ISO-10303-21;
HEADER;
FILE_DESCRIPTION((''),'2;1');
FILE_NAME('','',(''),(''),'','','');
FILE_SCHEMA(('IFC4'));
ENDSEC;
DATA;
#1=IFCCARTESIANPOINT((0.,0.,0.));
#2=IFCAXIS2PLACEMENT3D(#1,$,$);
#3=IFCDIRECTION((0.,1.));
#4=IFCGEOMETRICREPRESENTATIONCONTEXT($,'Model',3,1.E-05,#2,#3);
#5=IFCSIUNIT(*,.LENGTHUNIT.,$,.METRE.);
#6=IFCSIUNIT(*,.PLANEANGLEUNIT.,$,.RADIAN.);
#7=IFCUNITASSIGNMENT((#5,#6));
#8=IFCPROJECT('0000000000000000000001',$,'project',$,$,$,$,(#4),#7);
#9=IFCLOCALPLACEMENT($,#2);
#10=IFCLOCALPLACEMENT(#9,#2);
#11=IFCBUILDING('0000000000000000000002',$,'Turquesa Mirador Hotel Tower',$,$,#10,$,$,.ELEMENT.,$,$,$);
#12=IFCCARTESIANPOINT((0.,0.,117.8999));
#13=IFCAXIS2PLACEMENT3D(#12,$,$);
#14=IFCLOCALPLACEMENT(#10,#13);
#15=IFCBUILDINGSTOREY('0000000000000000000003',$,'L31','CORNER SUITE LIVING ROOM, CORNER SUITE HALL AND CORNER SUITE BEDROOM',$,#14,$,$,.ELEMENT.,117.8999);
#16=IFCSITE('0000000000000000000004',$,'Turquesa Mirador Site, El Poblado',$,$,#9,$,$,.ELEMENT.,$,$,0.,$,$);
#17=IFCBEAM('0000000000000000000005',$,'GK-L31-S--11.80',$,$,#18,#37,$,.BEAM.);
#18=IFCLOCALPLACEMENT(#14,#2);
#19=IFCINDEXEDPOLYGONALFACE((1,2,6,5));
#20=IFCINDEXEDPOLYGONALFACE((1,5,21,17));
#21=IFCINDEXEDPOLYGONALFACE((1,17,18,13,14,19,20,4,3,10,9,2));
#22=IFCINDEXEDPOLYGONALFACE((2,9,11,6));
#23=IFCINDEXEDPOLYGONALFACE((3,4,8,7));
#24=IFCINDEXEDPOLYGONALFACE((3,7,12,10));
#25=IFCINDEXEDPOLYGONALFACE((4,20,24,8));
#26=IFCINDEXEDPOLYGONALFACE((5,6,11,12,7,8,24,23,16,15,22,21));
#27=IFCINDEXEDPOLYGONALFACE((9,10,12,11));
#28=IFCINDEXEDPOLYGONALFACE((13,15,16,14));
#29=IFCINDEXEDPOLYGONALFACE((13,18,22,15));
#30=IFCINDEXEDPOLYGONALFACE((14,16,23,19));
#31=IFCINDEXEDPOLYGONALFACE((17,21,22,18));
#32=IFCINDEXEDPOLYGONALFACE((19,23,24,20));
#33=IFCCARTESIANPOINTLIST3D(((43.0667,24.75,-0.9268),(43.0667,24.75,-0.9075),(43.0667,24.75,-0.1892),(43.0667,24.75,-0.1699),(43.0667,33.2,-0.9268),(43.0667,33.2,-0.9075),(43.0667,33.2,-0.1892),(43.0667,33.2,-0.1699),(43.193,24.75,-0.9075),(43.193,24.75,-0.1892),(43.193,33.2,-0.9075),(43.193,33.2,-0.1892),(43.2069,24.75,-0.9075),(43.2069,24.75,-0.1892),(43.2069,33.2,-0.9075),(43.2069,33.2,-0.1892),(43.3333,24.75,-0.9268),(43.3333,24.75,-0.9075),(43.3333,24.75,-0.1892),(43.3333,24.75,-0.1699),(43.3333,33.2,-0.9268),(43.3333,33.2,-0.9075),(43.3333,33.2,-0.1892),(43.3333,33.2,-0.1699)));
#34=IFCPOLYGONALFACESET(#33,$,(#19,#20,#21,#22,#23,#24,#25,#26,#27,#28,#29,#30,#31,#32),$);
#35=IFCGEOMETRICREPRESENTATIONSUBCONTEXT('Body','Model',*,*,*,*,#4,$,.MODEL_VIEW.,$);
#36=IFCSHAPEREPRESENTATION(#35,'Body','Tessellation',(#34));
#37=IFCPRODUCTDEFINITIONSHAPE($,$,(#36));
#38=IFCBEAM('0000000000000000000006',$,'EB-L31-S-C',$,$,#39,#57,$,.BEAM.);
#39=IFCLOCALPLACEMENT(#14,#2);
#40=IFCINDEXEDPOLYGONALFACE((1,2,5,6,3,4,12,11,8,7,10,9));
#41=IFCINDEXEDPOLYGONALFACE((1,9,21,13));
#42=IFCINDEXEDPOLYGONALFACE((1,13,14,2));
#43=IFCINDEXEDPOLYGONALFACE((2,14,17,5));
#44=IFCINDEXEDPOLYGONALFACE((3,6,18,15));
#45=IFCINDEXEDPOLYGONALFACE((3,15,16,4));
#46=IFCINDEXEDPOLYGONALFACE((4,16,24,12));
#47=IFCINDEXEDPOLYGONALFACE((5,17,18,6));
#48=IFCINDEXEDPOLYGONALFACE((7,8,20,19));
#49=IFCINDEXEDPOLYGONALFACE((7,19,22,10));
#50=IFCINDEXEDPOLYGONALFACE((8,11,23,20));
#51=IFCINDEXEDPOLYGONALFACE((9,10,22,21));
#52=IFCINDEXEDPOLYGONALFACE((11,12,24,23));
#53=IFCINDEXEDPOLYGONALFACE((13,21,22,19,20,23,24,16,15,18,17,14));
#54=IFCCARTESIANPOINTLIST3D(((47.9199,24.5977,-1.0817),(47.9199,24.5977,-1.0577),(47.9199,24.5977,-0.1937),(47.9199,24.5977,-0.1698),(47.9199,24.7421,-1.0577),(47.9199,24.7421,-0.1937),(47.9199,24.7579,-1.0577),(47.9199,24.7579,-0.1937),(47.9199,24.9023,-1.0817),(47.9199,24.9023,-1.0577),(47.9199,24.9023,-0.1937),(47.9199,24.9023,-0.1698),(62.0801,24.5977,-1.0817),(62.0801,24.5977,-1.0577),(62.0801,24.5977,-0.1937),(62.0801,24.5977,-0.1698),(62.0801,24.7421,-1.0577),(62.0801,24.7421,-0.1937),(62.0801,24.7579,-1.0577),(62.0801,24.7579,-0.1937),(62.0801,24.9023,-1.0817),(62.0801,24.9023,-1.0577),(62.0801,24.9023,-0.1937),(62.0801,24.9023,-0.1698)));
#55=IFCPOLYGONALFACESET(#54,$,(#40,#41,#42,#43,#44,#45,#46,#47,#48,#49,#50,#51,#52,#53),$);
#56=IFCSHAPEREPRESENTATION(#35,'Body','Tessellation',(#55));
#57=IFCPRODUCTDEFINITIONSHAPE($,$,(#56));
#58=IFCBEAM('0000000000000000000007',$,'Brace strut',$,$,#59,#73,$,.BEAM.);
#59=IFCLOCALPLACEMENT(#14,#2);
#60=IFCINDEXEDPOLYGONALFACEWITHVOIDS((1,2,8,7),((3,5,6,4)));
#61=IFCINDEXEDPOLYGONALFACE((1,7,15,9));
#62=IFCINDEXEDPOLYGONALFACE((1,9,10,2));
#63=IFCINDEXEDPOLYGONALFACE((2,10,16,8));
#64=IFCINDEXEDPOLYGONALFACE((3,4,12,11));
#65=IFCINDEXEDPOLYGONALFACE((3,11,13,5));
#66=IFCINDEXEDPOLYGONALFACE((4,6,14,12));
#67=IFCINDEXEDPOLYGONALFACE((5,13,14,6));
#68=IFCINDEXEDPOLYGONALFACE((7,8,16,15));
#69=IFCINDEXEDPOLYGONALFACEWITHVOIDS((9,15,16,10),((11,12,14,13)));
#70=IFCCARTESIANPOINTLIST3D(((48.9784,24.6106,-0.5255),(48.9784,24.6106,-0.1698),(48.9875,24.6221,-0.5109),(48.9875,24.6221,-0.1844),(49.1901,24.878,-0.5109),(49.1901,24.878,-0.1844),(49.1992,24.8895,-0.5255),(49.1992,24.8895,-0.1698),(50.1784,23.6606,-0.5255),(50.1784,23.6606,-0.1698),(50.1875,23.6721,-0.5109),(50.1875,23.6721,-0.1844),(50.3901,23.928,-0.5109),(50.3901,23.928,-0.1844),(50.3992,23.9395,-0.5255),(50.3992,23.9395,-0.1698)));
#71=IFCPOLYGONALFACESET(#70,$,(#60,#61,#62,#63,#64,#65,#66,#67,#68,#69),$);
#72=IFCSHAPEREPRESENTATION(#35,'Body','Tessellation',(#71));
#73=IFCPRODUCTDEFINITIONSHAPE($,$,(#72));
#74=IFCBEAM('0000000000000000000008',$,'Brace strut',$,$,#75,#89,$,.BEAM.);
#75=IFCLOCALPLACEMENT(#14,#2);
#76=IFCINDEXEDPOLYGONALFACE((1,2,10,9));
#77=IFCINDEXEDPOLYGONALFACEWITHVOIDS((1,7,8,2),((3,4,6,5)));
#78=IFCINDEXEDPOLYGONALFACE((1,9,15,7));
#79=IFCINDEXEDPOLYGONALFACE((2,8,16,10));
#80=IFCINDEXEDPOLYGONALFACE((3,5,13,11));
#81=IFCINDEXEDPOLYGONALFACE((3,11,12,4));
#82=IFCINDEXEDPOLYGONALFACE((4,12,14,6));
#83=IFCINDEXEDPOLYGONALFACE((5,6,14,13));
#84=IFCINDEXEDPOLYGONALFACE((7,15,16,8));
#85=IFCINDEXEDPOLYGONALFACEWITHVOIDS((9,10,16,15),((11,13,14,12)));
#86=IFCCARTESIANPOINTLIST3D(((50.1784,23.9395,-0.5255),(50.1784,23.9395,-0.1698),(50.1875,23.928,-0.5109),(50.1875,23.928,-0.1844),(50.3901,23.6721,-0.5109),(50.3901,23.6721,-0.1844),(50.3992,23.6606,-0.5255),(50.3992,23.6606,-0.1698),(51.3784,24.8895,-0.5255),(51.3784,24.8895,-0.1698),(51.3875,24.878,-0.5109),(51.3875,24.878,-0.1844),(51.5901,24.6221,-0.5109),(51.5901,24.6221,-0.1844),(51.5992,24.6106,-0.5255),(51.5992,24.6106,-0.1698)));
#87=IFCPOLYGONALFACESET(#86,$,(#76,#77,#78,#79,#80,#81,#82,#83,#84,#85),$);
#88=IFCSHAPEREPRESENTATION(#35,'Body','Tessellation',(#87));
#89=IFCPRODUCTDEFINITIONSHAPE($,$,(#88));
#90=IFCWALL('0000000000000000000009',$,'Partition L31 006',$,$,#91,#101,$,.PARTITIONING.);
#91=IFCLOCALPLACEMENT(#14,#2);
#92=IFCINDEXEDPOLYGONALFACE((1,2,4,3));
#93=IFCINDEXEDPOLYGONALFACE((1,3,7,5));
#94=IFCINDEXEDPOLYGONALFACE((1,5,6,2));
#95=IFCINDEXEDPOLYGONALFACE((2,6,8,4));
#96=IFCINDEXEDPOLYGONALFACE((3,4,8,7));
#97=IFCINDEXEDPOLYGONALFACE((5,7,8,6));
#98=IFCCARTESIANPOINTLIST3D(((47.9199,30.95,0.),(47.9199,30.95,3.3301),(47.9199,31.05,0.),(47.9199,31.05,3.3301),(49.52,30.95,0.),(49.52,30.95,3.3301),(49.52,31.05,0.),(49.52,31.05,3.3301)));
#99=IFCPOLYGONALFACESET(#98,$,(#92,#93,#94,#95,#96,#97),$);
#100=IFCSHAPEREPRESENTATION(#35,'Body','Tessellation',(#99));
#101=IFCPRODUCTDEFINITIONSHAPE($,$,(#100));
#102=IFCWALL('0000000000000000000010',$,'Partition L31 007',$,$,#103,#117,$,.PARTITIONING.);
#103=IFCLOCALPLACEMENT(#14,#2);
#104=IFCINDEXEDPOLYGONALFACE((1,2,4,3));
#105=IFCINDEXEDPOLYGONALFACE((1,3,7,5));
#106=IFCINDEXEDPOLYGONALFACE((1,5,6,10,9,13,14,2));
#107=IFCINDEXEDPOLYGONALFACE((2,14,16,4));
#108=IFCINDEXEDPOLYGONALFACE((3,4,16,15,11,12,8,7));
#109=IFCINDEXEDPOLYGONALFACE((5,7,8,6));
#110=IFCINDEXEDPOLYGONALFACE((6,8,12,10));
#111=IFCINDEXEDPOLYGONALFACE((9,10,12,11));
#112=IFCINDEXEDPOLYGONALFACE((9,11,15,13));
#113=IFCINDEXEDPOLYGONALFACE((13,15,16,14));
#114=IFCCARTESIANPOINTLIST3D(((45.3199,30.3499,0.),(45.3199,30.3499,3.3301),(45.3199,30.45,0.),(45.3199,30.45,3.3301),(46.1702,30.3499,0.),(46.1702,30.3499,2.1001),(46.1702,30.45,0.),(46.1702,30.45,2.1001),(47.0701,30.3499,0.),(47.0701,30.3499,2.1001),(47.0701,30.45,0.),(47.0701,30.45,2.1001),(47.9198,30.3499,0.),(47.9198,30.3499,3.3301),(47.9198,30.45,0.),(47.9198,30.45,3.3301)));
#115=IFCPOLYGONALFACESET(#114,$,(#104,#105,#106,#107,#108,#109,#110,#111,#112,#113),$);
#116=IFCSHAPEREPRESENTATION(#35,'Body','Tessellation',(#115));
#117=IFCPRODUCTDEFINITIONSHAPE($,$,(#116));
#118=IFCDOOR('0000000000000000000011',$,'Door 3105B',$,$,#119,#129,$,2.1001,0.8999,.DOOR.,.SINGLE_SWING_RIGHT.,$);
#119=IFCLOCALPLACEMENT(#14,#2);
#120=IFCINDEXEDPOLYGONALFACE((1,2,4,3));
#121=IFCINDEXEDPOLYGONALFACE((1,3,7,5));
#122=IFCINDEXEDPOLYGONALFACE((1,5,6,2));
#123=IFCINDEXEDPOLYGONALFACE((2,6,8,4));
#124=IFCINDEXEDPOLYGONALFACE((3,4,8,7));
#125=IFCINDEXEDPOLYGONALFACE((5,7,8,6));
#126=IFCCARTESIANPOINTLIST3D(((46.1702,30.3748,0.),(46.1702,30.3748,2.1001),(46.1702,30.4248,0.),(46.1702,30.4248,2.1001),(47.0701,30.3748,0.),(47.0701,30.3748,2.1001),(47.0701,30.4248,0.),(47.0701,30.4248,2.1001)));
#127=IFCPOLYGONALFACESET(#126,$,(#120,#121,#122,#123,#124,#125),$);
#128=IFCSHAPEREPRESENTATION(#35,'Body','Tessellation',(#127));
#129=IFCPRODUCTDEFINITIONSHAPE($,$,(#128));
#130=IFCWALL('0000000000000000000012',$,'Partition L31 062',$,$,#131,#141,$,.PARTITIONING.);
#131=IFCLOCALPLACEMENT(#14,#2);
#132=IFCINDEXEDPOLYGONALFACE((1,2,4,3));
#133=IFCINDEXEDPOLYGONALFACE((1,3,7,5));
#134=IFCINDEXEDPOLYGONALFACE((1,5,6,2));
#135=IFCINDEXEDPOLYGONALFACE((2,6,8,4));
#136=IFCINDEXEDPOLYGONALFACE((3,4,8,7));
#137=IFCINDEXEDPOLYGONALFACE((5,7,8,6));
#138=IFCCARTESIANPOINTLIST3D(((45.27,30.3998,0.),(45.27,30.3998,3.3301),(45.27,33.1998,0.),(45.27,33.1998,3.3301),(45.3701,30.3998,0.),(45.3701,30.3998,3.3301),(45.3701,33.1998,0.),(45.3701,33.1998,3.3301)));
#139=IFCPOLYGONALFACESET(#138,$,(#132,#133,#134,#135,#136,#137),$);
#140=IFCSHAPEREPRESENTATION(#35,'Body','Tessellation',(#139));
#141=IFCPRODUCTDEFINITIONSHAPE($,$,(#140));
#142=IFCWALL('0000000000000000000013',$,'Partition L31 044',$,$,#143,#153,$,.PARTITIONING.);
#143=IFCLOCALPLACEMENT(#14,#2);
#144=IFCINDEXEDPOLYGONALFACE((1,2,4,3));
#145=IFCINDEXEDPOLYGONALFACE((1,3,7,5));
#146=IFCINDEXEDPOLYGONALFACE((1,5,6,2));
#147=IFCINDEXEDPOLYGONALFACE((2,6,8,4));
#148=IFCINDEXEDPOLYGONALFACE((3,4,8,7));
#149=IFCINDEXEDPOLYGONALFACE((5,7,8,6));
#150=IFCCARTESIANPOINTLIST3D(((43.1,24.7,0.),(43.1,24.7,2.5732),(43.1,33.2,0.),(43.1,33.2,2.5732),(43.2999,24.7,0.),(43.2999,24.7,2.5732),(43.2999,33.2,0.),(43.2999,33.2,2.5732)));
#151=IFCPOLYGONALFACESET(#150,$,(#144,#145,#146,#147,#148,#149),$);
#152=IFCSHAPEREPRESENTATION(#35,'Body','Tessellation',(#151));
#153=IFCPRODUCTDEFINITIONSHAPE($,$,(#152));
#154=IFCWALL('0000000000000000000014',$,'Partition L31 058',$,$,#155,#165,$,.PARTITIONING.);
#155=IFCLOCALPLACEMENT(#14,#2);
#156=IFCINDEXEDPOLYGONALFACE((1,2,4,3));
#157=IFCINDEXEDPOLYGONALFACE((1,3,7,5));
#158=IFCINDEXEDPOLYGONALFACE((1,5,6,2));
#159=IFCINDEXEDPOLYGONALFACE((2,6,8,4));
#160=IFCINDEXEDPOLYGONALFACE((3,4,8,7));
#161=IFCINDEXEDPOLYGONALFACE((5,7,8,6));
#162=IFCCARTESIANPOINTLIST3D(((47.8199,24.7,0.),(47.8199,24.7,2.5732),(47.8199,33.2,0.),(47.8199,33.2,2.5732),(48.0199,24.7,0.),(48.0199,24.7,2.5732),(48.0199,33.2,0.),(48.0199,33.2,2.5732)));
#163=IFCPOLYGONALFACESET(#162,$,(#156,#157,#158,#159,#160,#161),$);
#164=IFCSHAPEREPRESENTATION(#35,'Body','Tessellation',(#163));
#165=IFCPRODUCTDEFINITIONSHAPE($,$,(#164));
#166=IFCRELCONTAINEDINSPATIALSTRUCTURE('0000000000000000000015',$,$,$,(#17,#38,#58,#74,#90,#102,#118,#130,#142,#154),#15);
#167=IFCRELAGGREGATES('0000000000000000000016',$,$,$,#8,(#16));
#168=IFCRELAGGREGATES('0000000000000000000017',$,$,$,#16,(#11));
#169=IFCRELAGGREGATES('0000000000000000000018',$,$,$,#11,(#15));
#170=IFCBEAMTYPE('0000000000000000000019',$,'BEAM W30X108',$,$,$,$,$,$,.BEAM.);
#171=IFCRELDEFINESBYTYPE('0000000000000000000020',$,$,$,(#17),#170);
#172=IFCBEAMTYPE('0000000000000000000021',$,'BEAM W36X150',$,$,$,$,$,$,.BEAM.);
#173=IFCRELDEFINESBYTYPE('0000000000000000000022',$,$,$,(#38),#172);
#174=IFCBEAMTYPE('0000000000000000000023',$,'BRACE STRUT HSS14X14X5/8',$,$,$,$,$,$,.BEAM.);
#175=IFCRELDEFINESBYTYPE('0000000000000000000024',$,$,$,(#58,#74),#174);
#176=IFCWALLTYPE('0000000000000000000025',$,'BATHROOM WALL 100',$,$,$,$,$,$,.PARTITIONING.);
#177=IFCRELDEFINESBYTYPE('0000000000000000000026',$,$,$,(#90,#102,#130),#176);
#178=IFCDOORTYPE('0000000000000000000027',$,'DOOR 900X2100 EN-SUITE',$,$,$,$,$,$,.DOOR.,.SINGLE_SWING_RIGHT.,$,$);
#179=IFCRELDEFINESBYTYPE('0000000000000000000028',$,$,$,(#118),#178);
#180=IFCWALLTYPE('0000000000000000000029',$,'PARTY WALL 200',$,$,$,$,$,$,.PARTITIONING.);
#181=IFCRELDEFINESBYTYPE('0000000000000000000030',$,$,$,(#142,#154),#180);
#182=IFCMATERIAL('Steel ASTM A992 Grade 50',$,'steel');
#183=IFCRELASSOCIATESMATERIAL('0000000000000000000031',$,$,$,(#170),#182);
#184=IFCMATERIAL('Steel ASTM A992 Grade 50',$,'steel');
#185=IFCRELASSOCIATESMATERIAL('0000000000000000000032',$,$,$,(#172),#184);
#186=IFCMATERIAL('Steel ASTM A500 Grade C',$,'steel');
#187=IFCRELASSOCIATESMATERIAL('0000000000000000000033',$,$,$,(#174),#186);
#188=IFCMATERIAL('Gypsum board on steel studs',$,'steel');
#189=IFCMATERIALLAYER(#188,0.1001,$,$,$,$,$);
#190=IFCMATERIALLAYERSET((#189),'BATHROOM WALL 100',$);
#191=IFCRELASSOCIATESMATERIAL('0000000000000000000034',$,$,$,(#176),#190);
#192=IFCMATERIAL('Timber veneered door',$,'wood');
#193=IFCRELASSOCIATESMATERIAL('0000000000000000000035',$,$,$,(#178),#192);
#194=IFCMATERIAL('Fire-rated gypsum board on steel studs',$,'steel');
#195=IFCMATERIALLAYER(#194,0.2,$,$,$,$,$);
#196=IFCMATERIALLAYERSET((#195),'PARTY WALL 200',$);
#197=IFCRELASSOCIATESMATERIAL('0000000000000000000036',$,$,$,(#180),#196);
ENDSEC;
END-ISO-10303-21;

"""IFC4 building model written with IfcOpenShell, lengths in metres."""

from ifc_helpers import new_model, si_unit, direction, frame, frame_2d, origin, origin_2d, place, context, subcontext, project, spatial, rectangle, hollow_rectangle, i_section, extrude, material, layer, layer_set, material_profile, profile_set, type_object, element, fill, save


model = new_model("IFC4")

# Units and contexts
model_context = context("Model", 3, precision=1e-05, world=origin(), true_north=direction((0.0, 1.0)))
body_context = subcontext(model_context, "Body", "Model", "MODEL_VIEW")
ifc_project = project(units=[si_unit("LENGTHUNIT", "METRE"), si_unit("PLANEANGLEUNIT", "RADIAN")], contexts=[model_context])

# Site, building, storey
site_placement = place(None, origin())
site = spatial("IfcSite", under=ifc_project, at=site_placement, Name="Turquesa Mirador Site, El Poblado", CompositionType="ELEMENT", RefElevation=0.0)
building_placement = place(site_placement, origin())
building = spatial("IfcBuilding", under=site, at=building_placement, Name="Turquesa Mirador Hotel Tower", CompositionType="ELEMENT")
storey_placement = place(building_placement, frame((0.0, 0.0, 117.8999)))
storey = spatial("IfcBuildingStorey", under=building, at=storey_placement, Name="L31", Description="CORNER SUITE LIVING ROOM, CORNER SUITE HALL AND CORNER SUITE BEDROOM", CompositionType="ELEMENT", Elevation=117.8999)

# Beams
ifc_material_1 = material(Name="Steel ASTM A992 Grade 50", Category="steel")
ifc_material_profile_1 = material_profile(ifc_material_1, i_section(OverallWidth=0.2666, OverallDepth=0.7568, WebThickness=0.0139, FlangeThickness=0.0193, at=origin_2d()), Name="W30X108")
ifc_profile_set_1 = profile_set([ifc_material_profile_1], Name="Steel ASTM A992 Grade 50")
beam_type_1 = type_object("IfcBeamType", Name="BEAM W30X108", PredefinedType="BEAM", material=ifc_profile_set_1)
beam_1_placement = place(storey_placement, frame((43.2, 24.75, -0.5483), z_axis=(0.0, 1.0, 0.0), x_axis=(-1.0, 0.0, 0.0)))
element("IfcBeam", 1, at=beam_1_placement, inside=storey, type_object=beam_type_1, Name="GK-L31-S--11.80", PredefinedType="BEAM", context=body_context, shape_type="SweptSolid", body=[
    extrude(i_section(OverallWidth=0.2666, OverallDepth=0.7568, WebThickness=0.0139, FlangeThickness=0.0193, at=origin_2d()), origin(), (0.0, 0.0, 1.0), 8.45),
])
ifc_material_2 = material(Name="Steel ASTM A992 Grade 50", Category="steel")
ifc_material_profile_2 = material_profile(ifc_material_2, i_section(OverallWidth=0.3047, OverallDepth=0.9119, WebThickness=0.0159, FlangeThickness=0.0239, at=origin_2d()), Name="W36X150")
ifc_profile_set_2 = profile_set([ifc_material_profile_2], Name="Steel ASTM A992 Grade 50")
beam_type_2 = type_object("IfcBeamType", Name="BEAM W36X150", PredefinedType="BEAM", material=ifc_profile_set_2)
beam_2_placement = place(storey_placement, frame((47.9199, 24.75, -0.6257), z_axis=(1.0, 0.0, 0.0), x_axis=(0.0, 1.0, 0.0)))
element("IfcBeam", 2, at=beam_2_placement, inside=storey, type_object=beam_type_2, Name="EB-L31-S-C", PredefinedType="BEAM", context=body_context, shape_type="SweptSolid", body=[
    extrude(i_section(OverallWidth=0.3047, OverallDepth=0.9119, WebThickness=0.0159, FlangeThickness=0.0239, at=origin_2d()), origin(), (0.0, 0.0, 1.0), 14.1602),
])
ifc_material_3 = material(Name="Steel ASTM A500 Grade C", Category="steel")
ifc_material_profile_3 = material_profile(ifc_material_3, hollow_rectangle(XDim=0.3557, YDim=0.3557, WallThickness=0.0146, at=origin_2d()), Name="HSS14X14X5/8")
ifc_profile_set_3 = profile_set([ifc_material_profile_3], Name="Steel ASTM A500 Grade C")
beam_type_3 = type_object("IfcBeamType", Name="BRACE STRUT HSS14X14X5/8", PredefinedType="BEAM", material=ifc_profile_set_3)
for number, where, z_axis, x_axis, name in (
    (3, (50.2888, 23.8, -0.3477), (-0.784049, 0.620699, 0.0), (-0.620699, -0.784049, 0.0), "Brace strut"),
    (4, (50.2888, 23.8, -0.3477), (0.784049, 0.620699, 0.0), (-0.620699, 0.784049, 0.0), "Brace strut"),
):
    element("IfcBeam", number, at=place(storey_placement, frame(where, z_axis=z_axis, x_axis=x_axis)), inside=storey, type_object=beam_type_3, Name=name, PredefinedType="BEAM", context=body_context, shape_type="SweptSolid", body=[
        extrude(hollow_rectangle(XDim=0.3557, YDim=0.3557, WallThickness=0.0146, at=origin_2d()), origin(), (0.0, 0.0, 1.0), 1.5305),
    ])

# Wall
ifc_material_4 = material(Name="Gypsum board on steel studs", Category="steel")
ifc_layer_1 = layer(ifc_material_4, 0.1001)
ifc_layer_set_1 = layer_set([ifc_layer_1], Name="BATHROOM WALL 100")
wall_type_1 = type_object("IfcWallType", Name="BATHROOM WALL 100", PredefinedType="PARTITIONING", material=ifc_layer_set_1)
wall_1_placement = place(storey_placement, frame((47.9199, 31.0, 0.0), z_axis=(0.0, 0.0, 1.0), x_axis=(1.0, 0.0, 0.0)))
element("IfcWall", 5, at=wall_1_placement, inside=storey, type_object=wall_type_1, Name="Partition L31 006", PredefinedType="PARTITIONING", context=body_context, shape_type="SweptSolid", body=[
    extrude(rectangle(XDim=1.6001, YDim=0.1001, at=frame_2d((0.8, 0.0))), origin(), (0.0, 0.0, 1.0), 3.3301),
])

# Wall, opening, door
wall_2_placement = place(storey_placement, frame((45.3201, 30.3999, 0.0), z_axis=(0.0, 0.0, 1.0), x_axis=(1.0, 0.0, 0.0)))
wall_2 = element("IfcWall", 6, at=wall_2_placement, inside=storey, type_object=wall_type_1, Name="Partition L31 007", PredefinedType="PARTITIONING", context=body_context, shape_type="SweptSolid", body=[
    extrude(rectangle(XDim=2.5999, YDim=0.1001, at=frame_2d((1.2998, 0.0))), origin(), (0.0, 0.0, 1.0), 3.3301),
])
opening_placement = place(wall_2_placement, frame((0.8501, 0.0, 0.0)))
opening = element("IfcOpeningElement", 7, at=opening_placement, cuts=wall_2, PredefinedType="OPENING", context=body_context, shape_type="SweptSolid", body=[
    extrude(rectangle(XDim=0.8999, YDim=2.1001, at=frame_2d((0.45, 1.05))), frame((0.0, 0.0601, 0.0), z_axis=(0.0, -1.0, 0.0), x_axis=(1.0, 0.0, 0.0)), (0.0, 0.0, 1.0), 0.1201),
])
ifc_material_5 = material(Name="Timber veneered door", Category="wood")
door_type = type_object("IfcDoorType", Name="DOOR 900X2100 EN-SUITE", OperationType="SINGLE_SWING_RIGHT", PredefinedType="DOOR", material=ifc_material_5)
door_placement = place(opening_placement, origin())
door = element("IfcDoor", 8, at=door_placement, inside=storey, type_object=door_type, Name="Door 3105B", OperationType="SINGLE_SWING_RIGHT", OverallHeight=2.1001, OverallWidth=0.8999, PredefinedType="DOOR", context=body_context, shape_type="SweptSolid", body=[
    extrude(rectangle(XDim=0.8999, YDim=2.1001, at=frame_2d((0.45, 1.05))), frame((0.0, 0.0249, 0.0), z_axis=(0.0, -1.0, 0.0), x_axis=(1.0, 0.0, 0.0)), (0.0, 0.0, 1.0), 0.05),
])
fill(opening, door)

# Walls
wall_3_placement = place(storey_placement, frame((45.3201, 30.3999, 0.0), z_axis=(0.0, 0.0, 1.0), x_axis=(0.0, 1.0, 0.0)))
element("IfcWall", 9, at=wall_3_placement, inside=storey, type_object=wall_type_1, Name="Partition L31 062", PredefinedType="PARTITIONING", context=body_context, shape_type="SweptSolid", body=[
    extrude(rectangle(XDim=2.8, YDim=0.1001, at=frame_2d((1.3999, 0.0))), origin(), (0.0, 0.0, 1.0), 3.3301),
])
ifc_material_6 = material(Name="Fire-rated gypsum board on steel studs", Category="steel")
ifc_layer_2 = layer(ifc_material_6, 0.2)
ifc_layer_set_2 = layer_set([ifc_layer_2], Name="PARTY WALL 200")
wall_type_2 = type_object("IfcWallType", Name="PARTY WALL 200", PredefinedType="PARTITIONING", material=ifc_layer_set_2)
for number, where, z_axis, x_axis, name in (
    (10, (43.2, 24.7, 0.0), (0.0, 0.0, 1.0), (0.0, 1.0, 0.0), "Partition L31 044"),
    (11, (47.9199, 24.7, 0.0), (0.0, 0.0, 1.0), (0.0, 1.0, 0.0), "Partition L31 058"),
):
    element("IfcWall", number, at=place(storey_placement, frame(where, z_axis=z_axis, x_axis=x_axis)), inside=storey, type_object=wall_type_2, Name=name, PredefinedType="PARTITIONING", context=body_context, shape_type="SweptSolid", body=[
        extrude(rectangle(XDim=8.5, YDim=0.2, at=frame_2d((4.25, 0.0))), origin(), (0.0, 0.0, 1.0), 2.5732),
    ])

save(model, "model.ifc")
